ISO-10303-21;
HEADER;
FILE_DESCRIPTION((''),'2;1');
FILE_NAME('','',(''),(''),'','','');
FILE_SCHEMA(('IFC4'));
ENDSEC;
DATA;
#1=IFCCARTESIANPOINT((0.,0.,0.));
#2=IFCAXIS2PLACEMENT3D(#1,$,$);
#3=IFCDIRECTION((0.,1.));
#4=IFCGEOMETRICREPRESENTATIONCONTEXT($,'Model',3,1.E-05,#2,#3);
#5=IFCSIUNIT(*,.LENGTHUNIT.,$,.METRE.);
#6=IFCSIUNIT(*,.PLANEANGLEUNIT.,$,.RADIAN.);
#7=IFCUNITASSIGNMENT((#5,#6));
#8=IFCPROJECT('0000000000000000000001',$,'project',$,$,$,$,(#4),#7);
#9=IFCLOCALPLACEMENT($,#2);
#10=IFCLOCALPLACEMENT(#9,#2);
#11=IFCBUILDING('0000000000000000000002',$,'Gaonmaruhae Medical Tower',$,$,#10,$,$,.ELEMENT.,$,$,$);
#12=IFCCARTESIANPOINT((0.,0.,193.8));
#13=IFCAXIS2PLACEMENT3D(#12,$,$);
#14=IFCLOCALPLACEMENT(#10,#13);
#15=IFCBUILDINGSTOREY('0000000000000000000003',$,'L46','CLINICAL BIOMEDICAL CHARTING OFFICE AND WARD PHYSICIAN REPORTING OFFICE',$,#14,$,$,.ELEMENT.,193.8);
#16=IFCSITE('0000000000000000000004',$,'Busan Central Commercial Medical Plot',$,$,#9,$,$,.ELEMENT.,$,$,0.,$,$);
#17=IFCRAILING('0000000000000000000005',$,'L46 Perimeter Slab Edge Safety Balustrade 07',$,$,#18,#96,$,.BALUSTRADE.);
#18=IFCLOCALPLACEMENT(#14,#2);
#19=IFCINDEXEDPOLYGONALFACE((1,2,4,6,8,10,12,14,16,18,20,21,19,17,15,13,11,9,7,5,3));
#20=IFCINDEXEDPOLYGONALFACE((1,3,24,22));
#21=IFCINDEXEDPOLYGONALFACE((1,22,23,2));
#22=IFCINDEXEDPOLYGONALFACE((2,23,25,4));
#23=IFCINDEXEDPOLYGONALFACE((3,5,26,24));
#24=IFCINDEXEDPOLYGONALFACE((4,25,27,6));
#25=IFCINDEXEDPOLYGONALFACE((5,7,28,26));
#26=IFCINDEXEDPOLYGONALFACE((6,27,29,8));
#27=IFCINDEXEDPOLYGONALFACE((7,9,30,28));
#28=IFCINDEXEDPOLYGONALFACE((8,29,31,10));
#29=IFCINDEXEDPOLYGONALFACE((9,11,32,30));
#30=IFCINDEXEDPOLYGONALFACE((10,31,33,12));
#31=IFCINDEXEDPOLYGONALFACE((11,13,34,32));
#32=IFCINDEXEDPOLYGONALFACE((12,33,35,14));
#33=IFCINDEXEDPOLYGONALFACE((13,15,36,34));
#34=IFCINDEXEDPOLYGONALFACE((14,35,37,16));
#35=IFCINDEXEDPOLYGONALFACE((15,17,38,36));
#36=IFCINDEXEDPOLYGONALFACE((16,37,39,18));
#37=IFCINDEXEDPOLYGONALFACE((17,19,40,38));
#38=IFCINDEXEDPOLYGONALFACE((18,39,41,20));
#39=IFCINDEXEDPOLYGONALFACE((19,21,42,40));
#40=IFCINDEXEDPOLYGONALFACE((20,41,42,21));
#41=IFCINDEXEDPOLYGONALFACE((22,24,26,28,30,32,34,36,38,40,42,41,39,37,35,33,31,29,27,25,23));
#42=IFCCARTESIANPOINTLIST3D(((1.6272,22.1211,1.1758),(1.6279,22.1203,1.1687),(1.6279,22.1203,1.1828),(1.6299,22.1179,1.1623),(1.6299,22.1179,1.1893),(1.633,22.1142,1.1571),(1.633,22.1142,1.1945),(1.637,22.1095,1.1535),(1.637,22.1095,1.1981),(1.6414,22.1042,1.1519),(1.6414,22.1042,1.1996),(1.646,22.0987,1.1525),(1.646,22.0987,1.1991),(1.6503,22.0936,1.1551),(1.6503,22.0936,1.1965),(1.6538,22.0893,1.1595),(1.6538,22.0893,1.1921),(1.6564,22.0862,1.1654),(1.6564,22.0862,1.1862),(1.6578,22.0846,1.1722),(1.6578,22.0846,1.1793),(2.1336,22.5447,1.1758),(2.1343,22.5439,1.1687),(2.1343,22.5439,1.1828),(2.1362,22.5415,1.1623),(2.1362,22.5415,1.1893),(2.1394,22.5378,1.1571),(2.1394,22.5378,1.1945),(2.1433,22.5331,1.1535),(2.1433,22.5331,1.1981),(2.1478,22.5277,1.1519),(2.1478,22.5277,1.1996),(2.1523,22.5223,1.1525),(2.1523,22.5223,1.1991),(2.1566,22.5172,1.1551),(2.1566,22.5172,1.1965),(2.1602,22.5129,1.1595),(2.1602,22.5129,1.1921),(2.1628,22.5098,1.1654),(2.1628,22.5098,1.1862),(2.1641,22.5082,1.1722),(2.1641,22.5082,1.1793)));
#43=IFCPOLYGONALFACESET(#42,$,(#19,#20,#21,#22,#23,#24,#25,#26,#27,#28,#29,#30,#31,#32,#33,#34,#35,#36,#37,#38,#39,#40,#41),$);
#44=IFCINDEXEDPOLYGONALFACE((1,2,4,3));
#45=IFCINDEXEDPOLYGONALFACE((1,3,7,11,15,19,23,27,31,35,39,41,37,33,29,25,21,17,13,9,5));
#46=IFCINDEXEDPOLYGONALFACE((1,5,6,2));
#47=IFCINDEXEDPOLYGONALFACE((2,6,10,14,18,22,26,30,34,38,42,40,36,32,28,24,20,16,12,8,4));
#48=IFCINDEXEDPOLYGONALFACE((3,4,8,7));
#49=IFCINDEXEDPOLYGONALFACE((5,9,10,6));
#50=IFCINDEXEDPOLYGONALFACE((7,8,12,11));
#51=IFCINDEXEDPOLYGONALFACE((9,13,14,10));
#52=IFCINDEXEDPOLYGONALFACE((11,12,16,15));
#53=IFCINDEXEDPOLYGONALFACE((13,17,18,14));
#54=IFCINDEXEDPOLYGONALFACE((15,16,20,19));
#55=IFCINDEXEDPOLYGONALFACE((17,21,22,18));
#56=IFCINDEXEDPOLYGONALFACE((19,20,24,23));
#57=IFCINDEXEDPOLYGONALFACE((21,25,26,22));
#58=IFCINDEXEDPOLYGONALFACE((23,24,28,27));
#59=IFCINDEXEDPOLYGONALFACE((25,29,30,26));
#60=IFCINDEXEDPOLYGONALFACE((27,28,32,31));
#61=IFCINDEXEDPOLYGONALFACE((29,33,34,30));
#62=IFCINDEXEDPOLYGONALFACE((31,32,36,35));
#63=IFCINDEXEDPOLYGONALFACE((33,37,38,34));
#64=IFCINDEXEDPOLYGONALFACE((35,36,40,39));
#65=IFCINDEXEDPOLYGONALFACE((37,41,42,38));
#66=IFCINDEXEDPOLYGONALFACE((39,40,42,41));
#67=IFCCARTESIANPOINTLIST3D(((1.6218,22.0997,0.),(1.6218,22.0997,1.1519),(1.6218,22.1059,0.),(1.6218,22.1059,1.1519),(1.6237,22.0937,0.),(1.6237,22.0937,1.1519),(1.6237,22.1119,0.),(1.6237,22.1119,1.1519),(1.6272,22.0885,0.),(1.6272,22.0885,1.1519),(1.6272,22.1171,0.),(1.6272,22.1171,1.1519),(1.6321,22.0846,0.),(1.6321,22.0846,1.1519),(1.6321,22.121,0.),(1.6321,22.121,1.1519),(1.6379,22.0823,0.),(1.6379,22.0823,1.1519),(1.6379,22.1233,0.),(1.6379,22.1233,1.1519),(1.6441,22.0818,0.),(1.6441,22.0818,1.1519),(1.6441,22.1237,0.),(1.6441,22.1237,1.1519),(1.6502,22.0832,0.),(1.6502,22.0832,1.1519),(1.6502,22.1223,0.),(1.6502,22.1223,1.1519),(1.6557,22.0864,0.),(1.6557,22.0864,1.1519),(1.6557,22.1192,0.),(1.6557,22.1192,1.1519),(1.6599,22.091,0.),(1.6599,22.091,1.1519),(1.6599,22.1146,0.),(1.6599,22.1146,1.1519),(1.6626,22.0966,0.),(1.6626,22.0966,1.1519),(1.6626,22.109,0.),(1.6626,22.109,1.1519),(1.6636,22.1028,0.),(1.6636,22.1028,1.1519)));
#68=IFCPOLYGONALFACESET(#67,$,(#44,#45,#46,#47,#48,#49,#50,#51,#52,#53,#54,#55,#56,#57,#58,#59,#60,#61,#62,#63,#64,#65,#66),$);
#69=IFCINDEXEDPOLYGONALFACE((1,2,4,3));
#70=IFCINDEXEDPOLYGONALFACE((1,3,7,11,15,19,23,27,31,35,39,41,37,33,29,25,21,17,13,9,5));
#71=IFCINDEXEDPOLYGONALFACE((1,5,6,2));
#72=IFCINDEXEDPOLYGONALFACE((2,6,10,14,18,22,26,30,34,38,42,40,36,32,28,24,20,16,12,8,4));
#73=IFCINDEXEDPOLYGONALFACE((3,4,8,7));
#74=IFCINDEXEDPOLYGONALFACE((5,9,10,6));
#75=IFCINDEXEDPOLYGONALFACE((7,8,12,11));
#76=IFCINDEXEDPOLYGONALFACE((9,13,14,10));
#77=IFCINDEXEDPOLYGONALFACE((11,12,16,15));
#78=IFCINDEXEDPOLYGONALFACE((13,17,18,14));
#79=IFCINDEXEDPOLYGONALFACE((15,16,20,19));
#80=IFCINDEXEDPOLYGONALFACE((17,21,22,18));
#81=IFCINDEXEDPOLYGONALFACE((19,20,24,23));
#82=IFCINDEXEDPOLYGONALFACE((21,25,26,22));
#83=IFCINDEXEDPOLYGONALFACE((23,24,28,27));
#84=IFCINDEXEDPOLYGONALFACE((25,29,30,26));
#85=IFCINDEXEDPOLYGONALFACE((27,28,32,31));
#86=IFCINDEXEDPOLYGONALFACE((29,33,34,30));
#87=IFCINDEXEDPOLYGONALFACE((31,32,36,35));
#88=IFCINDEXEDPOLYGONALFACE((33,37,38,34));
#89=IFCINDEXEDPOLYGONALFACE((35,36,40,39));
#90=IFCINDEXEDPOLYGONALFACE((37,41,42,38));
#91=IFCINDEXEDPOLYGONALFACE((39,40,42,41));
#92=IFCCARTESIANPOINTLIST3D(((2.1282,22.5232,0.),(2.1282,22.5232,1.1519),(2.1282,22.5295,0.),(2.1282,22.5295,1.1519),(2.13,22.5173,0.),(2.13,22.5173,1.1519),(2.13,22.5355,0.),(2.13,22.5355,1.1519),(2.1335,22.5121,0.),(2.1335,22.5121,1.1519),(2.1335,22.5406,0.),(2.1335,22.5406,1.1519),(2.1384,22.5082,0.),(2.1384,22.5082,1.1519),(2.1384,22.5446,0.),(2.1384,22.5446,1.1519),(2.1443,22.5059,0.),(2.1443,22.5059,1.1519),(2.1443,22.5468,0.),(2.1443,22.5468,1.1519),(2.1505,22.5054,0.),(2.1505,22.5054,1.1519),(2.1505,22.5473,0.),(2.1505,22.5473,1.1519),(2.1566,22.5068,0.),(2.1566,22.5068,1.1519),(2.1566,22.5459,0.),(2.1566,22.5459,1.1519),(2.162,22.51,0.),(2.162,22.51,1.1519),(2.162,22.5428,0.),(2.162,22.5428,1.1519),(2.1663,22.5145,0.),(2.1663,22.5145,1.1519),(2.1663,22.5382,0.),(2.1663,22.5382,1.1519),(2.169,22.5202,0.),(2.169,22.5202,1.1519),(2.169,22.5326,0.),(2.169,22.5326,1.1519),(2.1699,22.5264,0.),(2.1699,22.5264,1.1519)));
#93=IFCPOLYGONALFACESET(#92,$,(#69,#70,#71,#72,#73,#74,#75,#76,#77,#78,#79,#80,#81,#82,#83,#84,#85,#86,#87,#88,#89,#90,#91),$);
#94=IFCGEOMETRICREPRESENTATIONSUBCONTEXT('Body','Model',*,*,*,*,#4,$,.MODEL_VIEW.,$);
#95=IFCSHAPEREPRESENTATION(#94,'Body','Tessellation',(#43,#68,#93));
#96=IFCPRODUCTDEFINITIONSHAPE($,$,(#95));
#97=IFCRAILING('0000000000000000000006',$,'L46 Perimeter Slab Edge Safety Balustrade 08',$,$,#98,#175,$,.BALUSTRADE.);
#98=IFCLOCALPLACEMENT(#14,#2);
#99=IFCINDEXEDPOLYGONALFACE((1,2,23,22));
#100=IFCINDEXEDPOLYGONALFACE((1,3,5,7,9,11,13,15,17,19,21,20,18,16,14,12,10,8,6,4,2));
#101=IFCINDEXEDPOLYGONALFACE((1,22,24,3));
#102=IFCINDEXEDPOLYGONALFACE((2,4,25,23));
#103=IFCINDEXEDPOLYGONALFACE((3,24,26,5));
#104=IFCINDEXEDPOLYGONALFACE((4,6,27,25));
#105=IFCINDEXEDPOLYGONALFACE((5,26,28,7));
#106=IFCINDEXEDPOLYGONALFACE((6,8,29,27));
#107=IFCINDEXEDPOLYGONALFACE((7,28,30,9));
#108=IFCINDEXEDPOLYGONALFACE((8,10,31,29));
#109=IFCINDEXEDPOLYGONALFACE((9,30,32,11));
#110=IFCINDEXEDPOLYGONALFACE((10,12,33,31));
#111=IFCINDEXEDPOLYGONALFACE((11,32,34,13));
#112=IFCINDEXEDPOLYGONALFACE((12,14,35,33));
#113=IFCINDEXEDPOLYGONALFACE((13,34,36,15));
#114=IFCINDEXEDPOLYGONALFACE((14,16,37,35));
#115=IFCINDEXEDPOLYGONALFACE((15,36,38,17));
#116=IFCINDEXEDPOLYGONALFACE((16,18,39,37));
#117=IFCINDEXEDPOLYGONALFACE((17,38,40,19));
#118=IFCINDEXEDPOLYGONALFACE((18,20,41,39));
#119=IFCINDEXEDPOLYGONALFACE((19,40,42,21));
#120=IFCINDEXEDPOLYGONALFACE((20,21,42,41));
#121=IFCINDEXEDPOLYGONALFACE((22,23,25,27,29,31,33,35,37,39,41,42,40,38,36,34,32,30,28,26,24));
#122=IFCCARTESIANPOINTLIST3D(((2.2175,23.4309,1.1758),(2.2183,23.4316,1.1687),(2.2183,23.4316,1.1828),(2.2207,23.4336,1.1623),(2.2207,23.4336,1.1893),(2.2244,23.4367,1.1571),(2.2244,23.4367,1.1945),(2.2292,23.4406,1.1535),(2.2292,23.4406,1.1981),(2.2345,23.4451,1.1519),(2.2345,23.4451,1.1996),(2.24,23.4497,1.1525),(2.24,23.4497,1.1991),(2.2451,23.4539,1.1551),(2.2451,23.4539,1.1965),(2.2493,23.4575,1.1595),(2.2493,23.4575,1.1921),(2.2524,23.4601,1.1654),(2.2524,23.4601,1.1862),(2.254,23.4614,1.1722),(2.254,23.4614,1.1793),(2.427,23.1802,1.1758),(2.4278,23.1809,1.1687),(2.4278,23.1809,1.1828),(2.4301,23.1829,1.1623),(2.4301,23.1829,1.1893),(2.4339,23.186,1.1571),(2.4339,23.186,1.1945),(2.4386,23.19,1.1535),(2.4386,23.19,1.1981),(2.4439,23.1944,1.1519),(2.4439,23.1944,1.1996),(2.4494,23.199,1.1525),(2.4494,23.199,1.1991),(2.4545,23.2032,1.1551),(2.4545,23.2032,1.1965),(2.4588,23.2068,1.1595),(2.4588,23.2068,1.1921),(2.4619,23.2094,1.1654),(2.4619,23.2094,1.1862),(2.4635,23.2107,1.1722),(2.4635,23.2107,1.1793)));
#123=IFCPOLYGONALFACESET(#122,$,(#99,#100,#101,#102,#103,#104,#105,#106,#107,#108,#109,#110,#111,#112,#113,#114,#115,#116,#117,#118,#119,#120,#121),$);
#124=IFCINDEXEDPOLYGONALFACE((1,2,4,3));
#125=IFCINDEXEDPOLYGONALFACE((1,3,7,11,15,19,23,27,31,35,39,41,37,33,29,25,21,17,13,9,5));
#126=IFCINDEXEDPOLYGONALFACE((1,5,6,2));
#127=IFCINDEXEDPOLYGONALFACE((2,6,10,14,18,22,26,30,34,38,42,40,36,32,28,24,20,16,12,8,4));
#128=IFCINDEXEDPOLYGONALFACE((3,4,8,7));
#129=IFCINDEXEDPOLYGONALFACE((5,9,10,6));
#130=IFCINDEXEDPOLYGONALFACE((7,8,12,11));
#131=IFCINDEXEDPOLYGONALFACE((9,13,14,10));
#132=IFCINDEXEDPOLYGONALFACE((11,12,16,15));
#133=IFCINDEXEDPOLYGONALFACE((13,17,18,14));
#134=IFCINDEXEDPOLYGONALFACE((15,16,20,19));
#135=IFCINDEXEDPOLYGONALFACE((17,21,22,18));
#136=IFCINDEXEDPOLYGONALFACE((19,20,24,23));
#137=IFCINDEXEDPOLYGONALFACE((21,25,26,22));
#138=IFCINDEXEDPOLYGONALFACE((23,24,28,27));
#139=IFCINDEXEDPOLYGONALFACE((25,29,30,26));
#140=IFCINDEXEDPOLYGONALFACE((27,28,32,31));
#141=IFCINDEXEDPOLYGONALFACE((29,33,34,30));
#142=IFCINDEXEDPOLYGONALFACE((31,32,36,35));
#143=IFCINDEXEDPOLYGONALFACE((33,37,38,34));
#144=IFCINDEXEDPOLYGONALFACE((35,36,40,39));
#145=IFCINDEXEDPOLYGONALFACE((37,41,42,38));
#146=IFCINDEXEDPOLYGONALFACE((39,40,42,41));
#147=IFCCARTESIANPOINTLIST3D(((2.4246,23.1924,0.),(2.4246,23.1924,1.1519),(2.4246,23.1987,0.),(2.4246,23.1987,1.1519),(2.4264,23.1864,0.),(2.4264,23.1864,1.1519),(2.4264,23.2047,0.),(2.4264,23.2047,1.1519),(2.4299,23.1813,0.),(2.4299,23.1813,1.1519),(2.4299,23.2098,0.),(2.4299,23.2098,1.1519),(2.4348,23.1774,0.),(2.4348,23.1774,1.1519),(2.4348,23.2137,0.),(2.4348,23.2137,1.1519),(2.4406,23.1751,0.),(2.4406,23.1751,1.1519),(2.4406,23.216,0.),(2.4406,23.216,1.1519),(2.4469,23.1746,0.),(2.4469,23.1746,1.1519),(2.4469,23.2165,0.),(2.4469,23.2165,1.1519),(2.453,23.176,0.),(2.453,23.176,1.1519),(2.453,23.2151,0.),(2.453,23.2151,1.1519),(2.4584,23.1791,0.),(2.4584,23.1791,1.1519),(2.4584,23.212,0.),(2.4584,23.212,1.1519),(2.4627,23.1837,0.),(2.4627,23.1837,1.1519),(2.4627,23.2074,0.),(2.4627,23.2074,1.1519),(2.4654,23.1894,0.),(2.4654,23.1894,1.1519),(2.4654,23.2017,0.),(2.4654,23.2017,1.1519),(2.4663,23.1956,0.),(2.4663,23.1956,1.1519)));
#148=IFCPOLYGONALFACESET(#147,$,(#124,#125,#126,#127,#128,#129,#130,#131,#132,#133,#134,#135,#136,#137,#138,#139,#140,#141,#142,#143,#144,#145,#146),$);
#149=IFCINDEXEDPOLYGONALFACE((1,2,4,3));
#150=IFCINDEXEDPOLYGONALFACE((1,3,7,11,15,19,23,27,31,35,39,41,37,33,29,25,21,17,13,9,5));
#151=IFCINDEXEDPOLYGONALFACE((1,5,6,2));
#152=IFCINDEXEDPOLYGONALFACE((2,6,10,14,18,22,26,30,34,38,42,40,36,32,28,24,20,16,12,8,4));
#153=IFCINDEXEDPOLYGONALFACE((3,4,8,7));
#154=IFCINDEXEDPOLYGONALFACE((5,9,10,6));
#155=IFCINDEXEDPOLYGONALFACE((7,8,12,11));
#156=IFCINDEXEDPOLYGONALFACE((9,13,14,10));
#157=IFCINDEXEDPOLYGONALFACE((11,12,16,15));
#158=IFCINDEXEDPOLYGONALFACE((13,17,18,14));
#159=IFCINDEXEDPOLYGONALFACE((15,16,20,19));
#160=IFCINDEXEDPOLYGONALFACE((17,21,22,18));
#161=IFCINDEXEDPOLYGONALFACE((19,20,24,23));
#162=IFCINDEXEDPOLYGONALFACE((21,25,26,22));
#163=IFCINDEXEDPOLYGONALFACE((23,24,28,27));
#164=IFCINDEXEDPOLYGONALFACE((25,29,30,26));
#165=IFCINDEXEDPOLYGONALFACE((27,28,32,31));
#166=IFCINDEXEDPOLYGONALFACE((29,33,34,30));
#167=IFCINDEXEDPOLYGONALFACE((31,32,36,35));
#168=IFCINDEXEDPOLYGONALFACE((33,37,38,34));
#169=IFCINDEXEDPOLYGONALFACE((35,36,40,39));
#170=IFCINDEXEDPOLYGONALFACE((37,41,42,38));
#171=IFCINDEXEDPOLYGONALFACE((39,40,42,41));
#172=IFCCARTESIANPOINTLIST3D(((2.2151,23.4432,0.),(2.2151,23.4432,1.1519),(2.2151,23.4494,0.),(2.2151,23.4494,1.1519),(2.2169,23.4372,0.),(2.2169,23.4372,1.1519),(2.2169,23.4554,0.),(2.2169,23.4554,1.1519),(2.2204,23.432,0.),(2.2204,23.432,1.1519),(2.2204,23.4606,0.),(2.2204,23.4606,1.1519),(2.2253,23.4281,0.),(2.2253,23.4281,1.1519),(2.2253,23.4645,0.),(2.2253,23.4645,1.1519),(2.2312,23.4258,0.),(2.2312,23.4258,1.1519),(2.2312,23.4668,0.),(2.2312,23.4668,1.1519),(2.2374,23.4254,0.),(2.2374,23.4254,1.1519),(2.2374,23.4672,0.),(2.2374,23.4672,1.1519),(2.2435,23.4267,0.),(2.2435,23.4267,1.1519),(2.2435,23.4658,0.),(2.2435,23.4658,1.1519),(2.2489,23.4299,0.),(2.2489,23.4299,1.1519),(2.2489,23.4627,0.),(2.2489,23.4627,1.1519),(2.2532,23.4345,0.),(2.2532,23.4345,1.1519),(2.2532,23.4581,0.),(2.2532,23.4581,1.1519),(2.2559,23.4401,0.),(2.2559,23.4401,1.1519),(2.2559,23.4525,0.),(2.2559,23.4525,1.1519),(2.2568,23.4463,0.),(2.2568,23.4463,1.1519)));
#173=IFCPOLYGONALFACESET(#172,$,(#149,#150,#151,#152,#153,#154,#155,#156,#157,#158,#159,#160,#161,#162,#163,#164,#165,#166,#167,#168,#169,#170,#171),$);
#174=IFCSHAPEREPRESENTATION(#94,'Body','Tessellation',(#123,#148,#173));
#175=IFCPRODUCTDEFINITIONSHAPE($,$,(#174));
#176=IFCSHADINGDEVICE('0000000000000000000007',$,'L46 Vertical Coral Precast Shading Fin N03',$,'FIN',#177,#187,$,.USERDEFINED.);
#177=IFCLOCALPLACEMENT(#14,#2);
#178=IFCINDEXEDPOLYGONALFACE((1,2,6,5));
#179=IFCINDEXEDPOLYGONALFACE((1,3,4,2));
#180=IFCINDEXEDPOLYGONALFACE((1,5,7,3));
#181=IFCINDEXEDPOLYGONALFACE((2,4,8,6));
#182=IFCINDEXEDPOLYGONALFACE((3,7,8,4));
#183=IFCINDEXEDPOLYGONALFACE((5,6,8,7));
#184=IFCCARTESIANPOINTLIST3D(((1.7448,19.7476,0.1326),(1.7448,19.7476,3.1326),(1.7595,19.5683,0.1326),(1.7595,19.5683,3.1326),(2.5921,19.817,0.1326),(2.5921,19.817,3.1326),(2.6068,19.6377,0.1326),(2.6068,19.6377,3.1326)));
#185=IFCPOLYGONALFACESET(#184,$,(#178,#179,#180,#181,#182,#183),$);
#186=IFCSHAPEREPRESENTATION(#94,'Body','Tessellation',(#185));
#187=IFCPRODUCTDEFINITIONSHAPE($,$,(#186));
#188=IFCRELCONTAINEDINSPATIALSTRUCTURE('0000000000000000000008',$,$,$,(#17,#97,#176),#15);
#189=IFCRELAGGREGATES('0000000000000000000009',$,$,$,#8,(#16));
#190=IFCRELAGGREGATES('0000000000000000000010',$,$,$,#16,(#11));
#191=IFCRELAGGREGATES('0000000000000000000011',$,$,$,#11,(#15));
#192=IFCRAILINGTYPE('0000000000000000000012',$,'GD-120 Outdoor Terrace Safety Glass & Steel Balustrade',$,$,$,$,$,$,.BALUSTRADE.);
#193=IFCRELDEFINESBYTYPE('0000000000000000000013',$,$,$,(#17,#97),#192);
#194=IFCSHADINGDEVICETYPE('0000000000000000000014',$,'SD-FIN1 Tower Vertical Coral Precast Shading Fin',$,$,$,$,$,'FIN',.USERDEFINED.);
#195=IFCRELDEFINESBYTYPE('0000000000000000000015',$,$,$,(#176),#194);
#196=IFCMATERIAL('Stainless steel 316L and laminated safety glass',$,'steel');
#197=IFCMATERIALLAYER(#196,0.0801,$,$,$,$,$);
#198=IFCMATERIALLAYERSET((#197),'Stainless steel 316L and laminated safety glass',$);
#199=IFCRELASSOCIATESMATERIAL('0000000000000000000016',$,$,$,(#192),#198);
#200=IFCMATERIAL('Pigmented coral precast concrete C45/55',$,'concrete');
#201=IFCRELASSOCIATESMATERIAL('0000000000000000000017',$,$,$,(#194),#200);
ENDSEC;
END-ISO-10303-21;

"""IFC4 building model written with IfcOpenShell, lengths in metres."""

from ifc_helpers import new_model, si_unit, direction, frame, origin, origin_2d, place, context, subcontext, project, spatial, rectangle, circle, extrude, material, layer, layer_set, type_object, element, save


model = new_model("IFC4")

# Units and contexts
model_context = context("Model", 3, precision=1e-05, world=origin(), true_north=direction((0.0, 1.0)))
body_context = subcontext(model_context, "Body", "Model", "MODEL_VIEW")
ifc_project = project(units=[si_unit("LENGTHUNIT", "METRE"), si_unit("PLANEANGLEUNIT", "RADIAN")], contexts=[model_context])

# Site, building, storey
site_placement = place(None, origin())
site = spatial("IfcSite", under=ifc_project, at=site_placement, Name="Busan Central Commercial Medical Plot", CompositionType="ELEMENT", RefElevation=0.0)
building_placement = place(site_placement, origin())
building = spatial("IfcBuilding", under=site, at=building_placement, Name="Gaonmaruhae Medical Tower", CompositionType="ELEMENT")
storey_placement = place(building_placement, frame((0.0, 0.0, 193.8)))
storey = spatial("IfcBuildingStorey", under=building, at=storey_placement, Name="L46", Description="CLINICAL BIOMEDICAL CHARTING OFFICE AND WARD PHYSICIAN REPORTING OFFICE", CompositionType="ELEMENT", Elevation=193.8)

# Railings
ifc_material_1 = material(Name="Stainless steel 316L and laminated safety glass", Category="steel")
ifc_layer_1 = layer(ifc_material_1, 0.0801)
ifc_layer_set_1 = layer_set([ifc_layer_1], Name="Stainless steel 316L and laminated safety glass")
railing_type = type_object("IfcRailingType", Name="GD-120 Outdoor Terrace Safety Glass & Steel Balustrade", PredefinedType="BALUSTRADE", material=ifc_layer_set_1)
railing_1_placement = place(storey_placement, frame((1.6426, 22.1028, 0.0)))
element("IfcRailing", 1, at=railing_1_placement, inside=storey, type_object=railing_type, Name="L46 Perimeter Slab Edge Safety Balustrade 07", PredefinedType="BALUSTRADE", context=body_context, shape_type="SweptSolid", body=[
    extrude(circle(Radius=0.0239, at=origin_2d()), frame((0.0, 0.0, 1.1758), z_axis=(0.767007, 0.641638, 0.0), x_axis=(-0.641638, 0.767007, 0.0)), (0.0, 0.0, 1.0), 0.6602),
    extrude(circle(Radius=0.021, at=origin_2d()), origin(), (0.0, 0.0, 1.0), 1.1519),
    extrude(circle(Radius=0.021, at=origin_2d()), frame((0.5063, 0.4236, 0.0)), (0.0, 0.0, 1.0), 1.1519),
])
railing_2_placement = place(storey_placement, frame((2.4453, 23.1956, 0.0)))
element("IfcRailing", 2, at=railing_2_placement, inside=storey, type_object=railing_type, Name="L46 Perimeter Slab Edge Safety Balustrade 08", PredefinedType="BALUSTRADE", context=body_context, shape_type="SweptSolid", body=[
    extrude(circle(Radius=0.0239, at=origin_2d()), frame((0.0, 0.0, 1.1758), z_axis=(-0.641139, 0.767424, 0.0), x_axis=(-0.767424, -0.641139, 0.0)), (0.0, 0.0, 1.0), 0.3267),
    extrude(circle(Radius=0.021, at=origin_2d()), origin(), (0.0, 0.0, 1.0), 1.1519),
    extrude(circle(Radius=0.021, at=origin_2d()), frame((-0.2095, 0.2507, 0.0)), (0.0, 0.0, 1.0), 1.1519),
])

# Shading device
ifc_material_2 = material(Name="Pigmented coral precast concrete C45/55", Category="concrete")
shading_device_type = type_object("IfcShadingDeviceType", Name="SD-FIN1 Tower Vertical Coral Precast Shading Fin", ElementType="FIN", PredefinedType="USERDEFINED", material=ifc_material_2)
shading_device_placement = place(storey_placement, frame((2.1758, 19.6926, 0.1326), z_axis=(0.0, 0.0, 1.0), x_axis=(-0.081625, 0.996663, 0.0)))
element("IfcShadingDevice", 3, at=shading_device_placement, inside=storey, type_object=shading_device_type, Name="L46 Vertical Coral Precast Shading Fin N03", ObjectType="FIN", PredefinedType="USERDEFINED", context=body_context, shape_type="SweptSolid", body=[
    extrude(rectangle(XDim=0.1799, YDim=0.8501, at=origin_2d()), origin(), (0.0, 0.0, 1.0), 3.0),
])

save(model, "model.ifc")
